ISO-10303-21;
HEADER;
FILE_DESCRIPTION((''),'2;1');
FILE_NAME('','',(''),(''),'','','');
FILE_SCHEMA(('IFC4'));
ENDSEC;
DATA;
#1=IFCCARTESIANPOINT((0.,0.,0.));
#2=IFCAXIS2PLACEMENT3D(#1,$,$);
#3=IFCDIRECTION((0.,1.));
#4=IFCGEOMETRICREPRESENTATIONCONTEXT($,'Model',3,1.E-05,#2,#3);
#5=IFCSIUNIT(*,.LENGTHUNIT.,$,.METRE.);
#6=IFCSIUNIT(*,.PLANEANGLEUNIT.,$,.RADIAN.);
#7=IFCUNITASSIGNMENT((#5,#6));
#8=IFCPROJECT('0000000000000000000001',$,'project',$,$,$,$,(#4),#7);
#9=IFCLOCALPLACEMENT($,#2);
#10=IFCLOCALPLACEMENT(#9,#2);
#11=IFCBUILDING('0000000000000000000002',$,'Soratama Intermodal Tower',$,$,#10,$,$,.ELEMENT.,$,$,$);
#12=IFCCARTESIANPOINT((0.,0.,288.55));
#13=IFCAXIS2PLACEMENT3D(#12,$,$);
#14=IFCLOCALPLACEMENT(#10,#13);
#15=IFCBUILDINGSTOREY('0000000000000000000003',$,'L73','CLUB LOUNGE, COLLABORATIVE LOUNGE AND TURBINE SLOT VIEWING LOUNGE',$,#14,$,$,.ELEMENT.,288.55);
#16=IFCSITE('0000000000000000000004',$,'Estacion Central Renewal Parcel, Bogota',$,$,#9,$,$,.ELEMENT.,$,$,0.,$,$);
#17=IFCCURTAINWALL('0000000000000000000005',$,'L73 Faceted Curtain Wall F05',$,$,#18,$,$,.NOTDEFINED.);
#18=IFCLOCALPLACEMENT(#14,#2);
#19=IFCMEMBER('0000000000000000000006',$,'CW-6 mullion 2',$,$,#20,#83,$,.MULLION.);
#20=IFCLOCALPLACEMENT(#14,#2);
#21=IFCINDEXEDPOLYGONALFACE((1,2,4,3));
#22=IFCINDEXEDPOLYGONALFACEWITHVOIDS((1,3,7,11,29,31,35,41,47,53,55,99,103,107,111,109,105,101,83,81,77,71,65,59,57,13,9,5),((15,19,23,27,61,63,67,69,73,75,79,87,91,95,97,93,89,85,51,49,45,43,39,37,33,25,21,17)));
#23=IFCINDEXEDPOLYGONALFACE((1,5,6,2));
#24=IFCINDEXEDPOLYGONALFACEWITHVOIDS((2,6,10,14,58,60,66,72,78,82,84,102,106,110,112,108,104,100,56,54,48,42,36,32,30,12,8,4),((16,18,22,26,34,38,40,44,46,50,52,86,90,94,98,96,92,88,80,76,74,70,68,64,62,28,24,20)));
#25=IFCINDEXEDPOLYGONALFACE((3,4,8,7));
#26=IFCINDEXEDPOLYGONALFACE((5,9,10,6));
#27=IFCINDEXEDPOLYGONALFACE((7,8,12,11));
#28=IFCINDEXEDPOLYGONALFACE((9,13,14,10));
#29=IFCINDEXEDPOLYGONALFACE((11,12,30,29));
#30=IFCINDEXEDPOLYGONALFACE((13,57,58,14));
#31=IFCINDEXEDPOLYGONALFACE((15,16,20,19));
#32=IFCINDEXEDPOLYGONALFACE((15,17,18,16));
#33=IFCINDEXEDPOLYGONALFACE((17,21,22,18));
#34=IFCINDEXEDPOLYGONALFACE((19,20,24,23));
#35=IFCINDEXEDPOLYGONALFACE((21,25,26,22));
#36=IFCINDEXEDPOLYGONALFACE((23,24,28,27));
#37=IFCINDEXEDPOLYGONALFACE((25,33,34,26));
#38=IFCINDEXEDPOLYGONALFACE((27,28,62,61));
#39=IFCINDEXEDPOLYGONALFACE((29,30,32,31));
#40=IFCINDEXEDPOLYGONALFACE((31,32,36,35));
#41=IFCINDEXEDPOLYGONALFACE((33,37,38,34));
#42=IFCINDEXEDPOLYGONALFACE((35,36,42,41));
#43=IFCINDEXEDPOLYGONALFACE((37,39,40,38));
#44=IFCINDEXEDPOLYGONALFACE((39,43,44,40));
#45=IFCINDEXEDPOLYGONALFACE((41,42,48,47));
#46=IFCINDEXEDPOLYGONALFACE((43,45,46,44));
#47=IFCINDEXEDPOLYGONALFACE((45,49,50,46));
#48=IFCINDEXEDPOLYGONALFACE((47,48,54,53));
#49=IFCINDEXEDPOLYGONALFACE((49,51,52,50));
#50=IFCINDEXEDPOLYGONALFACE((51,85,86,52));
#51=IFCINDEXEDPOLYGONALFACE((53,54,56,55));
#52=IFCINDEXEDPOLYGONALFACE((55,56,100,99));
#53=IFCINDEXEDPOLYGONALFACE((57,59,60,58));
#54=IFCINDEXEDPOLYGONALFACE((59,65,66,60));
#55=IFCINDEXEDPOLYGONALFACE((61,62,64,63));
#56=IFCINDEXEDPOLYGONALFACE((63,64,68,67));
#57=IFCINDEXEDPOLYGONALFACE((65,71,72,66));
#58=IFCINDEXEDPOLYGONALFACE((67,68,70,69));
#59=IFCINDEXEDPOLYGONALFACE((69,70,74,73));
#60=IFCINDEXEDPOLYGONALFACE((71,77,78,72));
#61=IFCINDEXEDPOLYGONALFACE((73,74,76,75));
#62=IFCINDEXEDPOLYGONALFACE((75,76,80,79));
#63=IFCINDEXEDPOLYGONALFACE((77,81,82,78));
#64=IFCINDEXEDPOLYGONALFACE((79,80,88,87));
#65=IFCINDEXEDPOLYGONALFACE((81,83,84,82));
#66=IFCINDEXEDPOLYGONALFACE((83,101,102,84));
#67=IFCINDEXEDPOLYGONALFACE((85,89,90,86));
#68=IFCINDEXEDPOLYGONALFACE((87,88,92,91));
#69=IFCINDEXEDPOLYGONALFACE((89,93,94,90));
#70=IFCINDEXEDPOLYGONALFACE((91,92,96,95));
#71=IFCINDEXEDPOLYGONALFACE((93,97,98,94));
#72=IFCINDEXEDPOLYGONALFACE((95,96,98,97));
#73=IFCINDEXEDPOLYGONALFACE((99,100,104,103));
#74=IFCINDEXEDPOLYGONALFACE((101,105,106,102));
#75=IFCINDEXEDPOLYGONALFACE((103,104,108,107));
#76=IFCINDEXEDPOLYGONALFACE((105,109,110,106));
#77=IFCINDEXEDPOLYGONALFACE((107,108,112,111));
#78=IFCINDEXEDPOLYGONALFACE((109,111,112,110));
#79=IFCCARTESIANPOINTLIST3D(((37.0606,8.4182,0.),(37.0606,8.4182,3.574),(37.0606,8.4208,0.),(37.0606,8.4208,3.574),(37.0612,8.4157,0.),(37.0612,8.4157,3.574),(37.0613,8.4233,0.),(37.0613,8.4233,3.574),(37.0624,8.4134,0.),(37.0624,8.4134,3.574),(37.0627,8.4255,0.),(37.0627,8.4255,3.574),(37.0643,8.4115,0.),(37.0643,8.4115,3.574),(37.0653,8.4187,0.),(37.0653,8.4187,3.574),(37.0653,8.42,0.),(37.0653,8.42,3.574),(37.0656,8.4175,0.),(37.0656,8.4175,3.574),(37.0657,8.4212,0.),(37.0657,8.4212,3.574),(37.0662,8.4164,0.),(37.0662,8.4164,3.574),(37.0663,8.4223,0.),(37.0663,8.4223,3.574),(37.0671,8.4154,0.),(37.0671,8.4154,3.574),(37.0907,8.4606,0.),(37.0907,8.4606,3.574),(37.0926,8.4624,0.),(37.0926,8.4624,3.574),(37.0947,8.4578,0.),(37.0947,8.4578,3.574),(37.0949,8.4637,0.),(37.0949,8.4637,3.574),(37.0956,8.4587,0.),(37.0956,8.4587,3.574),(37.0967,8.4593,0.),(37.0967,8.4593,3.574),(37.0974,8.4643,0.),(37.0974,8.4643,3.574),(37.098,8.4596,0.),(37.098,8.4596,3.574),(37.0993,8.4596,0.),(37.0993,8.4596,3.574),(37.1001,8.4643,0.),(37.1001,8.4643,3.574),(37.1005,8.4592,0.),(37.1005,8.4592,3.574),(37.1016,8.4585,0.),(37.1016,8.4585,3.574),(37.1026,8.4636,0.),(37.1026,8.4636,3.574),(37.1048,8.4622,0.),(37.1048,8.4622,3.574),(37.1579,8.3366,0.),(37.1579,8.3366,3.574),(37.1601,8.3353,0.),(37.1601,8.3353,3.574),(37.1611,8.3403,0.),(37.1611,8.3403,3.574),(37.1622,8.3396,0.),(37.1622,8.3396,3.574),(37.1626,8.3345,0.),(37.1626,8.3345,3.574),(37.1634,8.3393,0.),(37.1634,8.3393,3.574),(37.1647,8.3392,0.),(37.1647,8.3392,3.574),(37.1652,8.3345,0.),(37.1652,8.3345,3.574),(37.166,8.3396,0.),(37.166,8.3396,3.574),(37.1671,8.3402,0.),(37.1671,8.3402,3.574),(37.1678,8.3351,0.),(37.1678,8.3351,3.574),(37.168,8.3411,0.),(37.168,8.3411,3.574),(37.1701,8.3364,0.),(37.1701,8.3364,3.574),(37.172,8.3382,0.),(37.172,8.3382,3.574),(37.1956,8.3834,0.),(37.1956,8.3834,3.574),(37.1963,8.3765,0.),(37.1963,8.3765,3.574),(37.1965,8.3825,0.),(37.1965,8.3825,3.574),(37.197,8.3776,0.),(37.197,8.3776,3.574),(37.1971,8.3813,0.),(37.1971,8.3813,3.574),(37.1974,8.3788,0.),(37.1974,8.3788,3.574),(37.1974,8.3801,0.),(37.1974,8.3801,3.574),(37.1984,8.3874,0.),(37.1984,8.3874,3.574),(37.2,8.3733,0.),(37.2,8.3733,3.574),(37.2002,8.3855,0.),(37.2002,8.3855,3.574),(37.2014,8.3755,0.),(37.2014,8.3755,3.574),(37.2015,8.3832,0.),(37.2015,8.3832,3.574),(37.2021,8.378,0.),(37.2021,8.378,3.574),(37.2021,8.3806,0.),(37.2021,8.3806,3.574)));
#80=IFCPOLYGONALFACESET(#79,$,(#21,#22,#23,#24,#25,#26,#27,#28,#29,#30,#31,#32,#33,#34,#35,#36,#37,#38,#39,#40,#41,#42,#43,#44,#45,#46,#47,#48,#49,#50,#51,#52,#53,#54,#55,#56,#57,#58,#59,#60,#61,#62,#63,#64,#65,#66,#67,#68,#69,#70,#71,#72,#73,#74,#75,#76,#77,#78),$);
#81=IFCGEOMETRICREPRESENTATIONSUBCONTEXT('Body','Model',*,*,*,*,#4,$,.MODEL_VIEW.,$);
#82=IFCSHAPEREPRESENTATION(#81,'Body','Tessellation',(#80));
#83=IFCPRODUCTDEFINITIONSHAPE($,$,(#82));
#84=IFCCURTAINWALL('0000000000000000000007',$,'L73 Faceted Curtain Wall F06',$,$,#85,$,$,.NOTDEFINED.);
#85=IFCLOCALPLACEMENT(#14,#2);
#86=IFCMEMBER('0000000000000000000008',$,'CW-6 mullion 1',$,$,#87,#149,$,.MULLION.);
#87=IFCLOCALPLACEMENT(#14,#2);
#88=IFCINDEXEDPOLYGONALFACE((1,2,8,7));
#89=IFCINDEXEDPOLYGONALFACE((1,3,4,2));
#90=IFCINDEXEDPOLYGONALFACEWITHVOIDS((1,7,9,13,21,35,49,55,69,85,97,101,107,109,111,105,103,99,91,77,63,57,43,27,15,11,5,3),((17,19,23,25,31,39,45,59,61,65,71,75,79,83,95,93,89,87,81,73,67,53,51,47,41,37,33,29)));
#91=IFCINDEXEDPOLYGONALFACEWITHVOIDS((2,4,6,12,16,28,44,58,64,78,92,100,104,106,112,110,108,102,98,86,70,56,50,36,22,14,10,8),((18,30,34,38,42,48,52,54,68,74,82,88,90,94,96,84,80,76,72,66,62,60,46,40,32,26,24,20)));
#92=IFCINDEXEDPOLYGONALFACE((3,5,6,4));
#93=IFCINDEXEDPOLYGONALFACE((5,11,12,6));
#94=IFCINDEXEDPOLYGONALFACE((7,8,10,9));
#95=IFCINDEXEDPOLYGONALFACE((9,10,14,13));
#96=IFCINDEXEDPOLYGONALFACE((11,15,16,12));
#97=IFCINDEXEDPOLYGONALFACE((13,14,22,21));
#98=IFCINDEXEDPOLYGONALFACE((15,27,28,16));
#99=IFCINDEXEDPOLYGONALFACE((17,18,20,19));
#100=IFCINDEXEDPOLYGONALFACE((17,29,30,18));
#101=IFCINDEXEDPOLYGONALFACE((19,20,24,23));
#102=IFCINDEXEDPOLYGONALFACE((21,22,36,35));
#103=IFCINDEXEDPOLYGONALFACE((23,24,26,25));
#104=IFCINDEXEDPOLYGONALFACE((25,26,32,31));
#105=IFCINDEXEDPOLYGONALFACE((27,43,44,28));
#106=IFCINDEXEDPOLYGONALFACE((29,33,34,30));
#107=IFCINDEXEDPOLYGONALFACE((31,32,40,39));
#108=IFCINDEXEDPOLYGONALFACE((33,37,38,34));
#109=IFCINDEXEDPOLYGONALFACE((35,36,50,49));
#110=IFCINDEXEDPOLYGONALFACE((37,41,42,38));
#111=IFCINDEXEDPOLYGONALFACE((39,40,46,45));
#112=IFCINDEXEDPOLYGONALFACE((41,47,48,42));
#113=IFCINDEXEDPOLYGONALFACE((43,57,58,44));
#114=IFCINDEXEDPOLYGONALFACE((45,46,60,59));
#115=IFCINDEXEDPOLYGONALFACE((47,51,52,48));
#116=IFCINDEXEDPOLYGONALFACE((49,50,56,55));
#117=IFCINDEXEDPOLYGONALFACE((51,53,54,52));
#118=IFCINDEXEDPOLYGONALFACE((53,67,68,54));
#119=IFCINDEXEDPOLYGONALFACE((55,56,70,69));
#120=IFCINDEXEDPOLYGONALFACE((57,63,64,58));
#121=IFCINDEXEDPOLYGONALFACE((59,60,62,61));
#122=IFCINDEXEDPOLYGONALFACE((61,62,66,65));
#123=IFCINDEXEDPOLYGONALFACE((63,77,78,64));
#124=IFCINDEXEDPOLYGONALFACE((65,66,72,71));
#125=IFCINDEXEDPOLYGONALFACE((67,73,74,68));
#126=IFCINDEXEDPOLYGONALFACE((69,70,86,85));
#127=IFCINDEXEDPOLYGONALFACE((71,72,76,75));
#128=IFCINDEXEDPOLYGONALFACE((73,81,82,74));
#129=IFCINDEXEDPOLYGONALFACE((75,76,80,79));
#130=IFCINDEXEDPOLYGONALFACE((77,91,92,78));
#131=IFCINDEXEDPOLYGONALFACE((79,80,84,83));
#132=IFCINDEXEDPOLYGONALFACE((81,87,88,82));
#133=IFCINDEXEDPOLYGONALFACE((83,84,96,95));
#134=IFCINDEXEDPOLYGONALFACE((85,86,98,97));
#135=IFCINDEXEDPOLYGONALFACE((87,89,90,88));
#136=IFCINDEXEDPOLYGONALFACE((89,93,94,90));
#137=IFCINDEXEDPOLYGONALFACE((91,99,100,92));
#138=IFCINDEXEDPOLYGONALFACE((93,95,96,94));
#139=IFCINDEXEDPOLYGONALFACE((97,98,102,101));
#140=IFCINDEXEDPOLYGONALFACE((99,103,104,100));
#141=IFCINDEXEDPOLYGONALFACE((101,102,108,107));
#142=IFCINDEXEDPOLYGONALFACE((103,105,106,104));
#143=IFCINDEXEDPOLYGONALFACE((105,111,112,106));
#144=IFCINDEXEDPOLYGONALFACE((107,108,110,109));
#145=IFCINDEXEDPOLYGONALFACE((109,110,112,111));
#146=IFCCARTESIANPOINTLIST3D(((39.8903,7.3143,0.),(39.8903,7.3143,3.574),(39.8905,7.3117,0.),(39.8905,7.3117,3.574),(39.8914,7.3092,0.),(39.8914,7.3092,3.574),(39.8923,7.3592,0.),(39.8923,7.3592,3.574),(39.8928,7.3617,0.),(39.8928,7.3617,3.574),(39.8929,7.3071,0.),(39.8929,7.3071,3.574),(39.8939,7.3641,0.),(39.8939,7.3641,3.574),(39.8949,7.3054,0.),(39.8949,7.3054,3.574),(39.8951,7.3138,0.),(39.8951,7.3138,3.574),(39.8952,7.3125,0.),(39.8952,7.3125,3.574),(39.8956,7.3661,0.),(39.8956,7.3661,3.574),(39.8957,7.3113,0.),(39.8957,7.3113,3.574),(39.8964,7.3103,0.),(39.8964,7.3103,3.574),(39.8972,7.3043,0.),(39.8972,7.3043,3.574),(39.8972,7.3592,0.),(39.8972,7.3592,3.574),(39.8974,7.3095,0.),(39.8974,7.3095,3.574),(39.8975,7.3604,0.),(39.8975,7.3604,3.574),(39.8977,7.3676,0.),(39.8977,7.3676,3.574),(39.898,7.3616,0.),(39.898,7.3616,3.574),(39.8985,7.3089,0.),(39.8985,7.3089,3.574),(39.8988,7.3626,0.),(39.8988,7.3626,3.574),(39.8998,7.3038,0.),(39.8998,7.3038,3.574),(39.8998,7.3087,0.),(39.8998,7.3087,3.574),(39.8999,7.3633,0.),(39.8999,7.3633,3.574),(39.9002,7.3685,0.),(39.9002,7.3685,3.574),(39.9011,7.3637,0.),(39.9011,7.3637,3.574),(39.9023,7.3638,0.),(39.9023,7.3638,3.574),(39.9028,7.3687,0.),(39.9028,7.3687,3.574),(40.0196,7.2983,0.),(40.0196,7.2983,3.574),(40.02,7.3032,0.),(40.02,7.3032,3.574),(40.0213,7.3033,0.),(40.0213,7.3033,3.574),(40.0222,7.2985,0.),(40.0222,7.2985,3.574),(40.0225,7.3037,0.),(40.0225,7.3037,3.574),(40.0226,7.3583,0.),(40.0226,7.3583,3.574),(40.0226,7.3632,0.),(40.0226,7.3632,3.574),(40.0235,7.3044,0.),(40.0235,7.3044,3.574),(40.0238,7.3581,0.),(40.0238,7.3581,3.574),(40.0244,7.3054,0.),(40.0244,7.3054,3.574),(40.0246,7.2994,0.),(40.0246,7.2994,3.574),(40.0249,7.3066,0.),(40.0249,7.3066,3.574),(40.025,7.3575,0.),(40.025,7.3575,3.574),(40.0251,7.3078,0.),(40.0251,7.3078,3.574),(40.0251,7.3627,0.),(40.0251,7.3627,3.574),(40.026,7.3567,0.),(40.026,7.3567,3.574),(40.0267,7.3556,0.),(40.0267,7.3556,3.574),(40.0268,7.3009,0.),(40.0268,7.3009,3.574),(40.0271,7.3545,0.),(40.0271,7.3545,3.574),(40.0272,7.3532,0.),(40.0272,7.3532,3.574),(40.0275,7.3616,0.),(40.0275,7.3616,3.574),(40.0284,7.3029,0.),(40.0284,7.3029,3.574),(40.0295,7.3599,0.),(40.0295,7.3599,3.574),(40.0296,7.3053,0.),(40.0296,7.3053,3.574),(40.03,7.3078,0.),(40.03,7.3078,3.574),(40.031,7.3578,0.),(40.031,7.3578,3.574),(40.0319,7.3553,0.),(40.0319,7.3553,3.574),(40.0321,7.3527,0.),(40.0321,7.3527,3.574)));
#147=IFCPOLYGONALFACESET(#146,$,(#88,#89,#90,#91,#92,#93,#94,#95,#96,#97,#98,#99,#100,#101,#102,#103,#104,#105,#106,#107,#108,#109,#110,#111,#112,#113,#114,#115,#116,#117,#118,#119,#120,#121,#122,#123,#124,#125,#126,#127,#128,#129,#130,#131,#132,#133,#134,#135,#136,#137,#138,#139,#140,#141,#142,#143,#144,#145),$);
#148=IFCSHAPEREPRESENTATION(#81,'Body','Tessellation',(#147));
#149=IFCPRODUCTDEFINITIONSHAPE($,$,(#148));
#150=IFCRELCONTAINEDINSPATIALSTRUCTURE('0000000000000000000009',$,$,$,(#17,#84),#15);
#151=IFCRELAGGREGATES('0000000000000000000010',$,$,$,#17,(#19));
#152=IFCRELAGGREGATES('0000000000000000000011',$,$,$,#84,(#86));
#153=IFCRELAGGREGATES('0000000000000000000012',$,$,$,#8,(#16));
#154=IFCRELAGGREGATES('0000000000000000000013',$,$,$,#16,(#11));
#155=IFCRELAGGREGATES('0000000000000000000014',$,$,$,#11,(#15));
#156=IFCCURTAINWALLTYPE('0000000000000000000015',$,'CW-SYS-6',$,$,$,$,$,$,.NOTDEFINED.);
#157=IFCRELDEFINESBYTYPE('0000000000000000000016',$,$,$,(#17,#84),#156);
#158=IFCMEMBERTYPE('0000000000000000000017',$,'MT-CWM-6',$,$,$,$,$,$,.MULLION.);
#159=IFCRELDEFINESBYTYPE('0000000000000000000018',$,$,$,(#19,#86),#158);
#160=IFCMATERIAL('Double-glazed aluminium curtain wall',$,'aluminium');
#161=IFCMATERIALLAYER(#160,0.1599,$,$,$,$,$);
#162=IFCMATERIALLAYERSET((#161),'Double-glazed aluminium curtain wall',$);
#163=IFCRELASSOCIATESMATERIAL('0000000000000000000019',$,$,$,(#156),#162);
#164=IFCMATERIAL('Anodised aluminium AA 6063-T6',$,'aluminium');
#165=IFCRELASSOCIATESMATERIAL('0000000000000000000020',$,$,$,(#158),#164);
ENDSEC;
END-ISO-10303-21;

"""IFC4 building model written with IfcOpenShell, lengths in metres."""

from ifc_helpers import new_model, si_unit, direction, frame, origin, origin_2d, place, context, subcontext, project, spatial, hollow_rectangle, extrude, material, layer, layer_set, material_profile, profile_set, type_object, element, aggregate, save


model = new_model("IFC4")

# Units and contexts
model_context = context("Model", 3, precision=1e-05, world=origin(), true_north=direction((0.0, 1.0)))
body_context = subcontext(model_context, "Body", "Model", "MODEL_VIEW")
ifc_project = project(units=[si_unit("LENGTHUNIT", "METRE"), si_unit("PLANEANGLEUNIT", "RADIAN")], contexts=[model_context])

# Site, building, storey
site_placement = place(None, origin())
site = spatial("IfcSite", under=ifc_project, at=site_placement, Name="Estacion Central Renewal Parcel, Bogota", CompositionType="ELEMENT", RefElevation=0.0)
building_placement = place(site_placement, origin())
building = spatial("IfcBuilding", under=site, at=building_placement, Name="Soratama Intermodal Tower", CompositionType="ELEMENT")
storey_placement = place(building_placement, frame((0.0, 0.0, 288.55)))
storey = spatial("IfcBuildingStorey", under=building, at=storey_placement, Name="L73", Description="CLUB LOUNGE, COLLABORATIVE LOUNGE AND TURBINE SLOT VIEWING LOUNGE", CompositionType="ELEMENT", Elevation=288.55)

# Curtain wall, member
ifc_material_1 = material(Name="Double-glazed aluminium curtain wall", Category="aluminium")
ifc_layer_1 = layer(ifc_material_1, 0.1599)
ifc_layer_set_1 = layer_set([ifc_layer_1], Name="Double-glazed aluminium curtain wall")
curtain_wall_type = type_object("IfcCurtainWallType", Name="CW-SYS-6", PredefinedType="NOTDEFINED", material=ifc_layer_set_1)
curtain_wall_1_placement = place(storey_placement, origin())
curtain_wall_1 = element("IfcCurtainWall", 1, at=curtain_wall_1_placement, inside=storey, type_object=curtain_wall_type, Name="L73 Faceted Curtain Wall F05", PredefinedType="NOTDEFINED")
ifc_material_2 = material(Name="Anodised aluminium AA 6063-T6", Category="aluminium")
ifc_material_profile_1 = material_profile(ifc_material_2, hollow_rectangle(XDim=0.0649, YDim=0.1399, WallThickness=0.0049, InnerFilletRadius=0.0049, OuterFilletRadius=0.01, at=origin_2d()), Name="CWM140X65X5")
ifc_profile_set_1 = profile_set([ifc_material_profile_1], Name="Anodised aluminium AA 6063-T6")
member_type_1 = type_object("IfcMemberType", Name="MT-CWM-6", PredefinedType="MULLION", material=ifc_profile_set_1)
member_1_placement = place(storey_placement, frame((37.1313, 8.3994, 0.0), z_axis=(0.0, 0.0, 1.0), x_axis=(0.624424, 0.781086, 0.0)))
member_1 = element("IfcMember", 2, at=member_1_placement, type_object=member_type_1, Name="CW-6 mullion 2", PredefinedType="MULLION", context=body_context, shape_type="SweptSolid", body=[
    extrude(hollow_rectangle(XDim=0.0649, YDim=0.1399, WallThickness=0.0049, InnerFilletRadius=0.0049, OuterFilletRadius=0.01, at=origin_2d()), origin(), (0.0, 0.0, 1.0), 3.574),
])
aggregate(curtain_wall_1, [member_1])

# Curtain wall, member
curtain_wall_2_placement = place(storey_placement, origin())
curtain_wall_2 = element("IfcCurtainWall", 3, at=curtain_wall_2_placement, inside=storey, type_object=curtain_wall_type, Name="L73 Faceted Curtain Wall F06", PredefinedType="NOTDEFINED")
member_2_placement = place(storey_placement, frame((39.9612, 7.3335, 0.0), z_axis=(0.0, 0.0, 1.0), x_axis=(0.04606, 0.998939, 0.0)))
member_2 = element("IfcMember", 4, at=member_2_placement, type_object=member_type_1, Name="CW-6 mullion 1", PredefinedType="MULLION", context=body_context, shape_type="SweptSolid", body=[
    extrude(hollow_rectangle(XDim=0.0649, YDim=0.1399, WallThickness=0.0049, InnerFilletRadius=0.0049, OuterFilletRadius=0.01, at=origin_2d()), origin(), (0.0, 0.0, 1.0), 3.574),
])
aggregate(curtain_wall_2, [member_2])

save(model, "model.ifc")
